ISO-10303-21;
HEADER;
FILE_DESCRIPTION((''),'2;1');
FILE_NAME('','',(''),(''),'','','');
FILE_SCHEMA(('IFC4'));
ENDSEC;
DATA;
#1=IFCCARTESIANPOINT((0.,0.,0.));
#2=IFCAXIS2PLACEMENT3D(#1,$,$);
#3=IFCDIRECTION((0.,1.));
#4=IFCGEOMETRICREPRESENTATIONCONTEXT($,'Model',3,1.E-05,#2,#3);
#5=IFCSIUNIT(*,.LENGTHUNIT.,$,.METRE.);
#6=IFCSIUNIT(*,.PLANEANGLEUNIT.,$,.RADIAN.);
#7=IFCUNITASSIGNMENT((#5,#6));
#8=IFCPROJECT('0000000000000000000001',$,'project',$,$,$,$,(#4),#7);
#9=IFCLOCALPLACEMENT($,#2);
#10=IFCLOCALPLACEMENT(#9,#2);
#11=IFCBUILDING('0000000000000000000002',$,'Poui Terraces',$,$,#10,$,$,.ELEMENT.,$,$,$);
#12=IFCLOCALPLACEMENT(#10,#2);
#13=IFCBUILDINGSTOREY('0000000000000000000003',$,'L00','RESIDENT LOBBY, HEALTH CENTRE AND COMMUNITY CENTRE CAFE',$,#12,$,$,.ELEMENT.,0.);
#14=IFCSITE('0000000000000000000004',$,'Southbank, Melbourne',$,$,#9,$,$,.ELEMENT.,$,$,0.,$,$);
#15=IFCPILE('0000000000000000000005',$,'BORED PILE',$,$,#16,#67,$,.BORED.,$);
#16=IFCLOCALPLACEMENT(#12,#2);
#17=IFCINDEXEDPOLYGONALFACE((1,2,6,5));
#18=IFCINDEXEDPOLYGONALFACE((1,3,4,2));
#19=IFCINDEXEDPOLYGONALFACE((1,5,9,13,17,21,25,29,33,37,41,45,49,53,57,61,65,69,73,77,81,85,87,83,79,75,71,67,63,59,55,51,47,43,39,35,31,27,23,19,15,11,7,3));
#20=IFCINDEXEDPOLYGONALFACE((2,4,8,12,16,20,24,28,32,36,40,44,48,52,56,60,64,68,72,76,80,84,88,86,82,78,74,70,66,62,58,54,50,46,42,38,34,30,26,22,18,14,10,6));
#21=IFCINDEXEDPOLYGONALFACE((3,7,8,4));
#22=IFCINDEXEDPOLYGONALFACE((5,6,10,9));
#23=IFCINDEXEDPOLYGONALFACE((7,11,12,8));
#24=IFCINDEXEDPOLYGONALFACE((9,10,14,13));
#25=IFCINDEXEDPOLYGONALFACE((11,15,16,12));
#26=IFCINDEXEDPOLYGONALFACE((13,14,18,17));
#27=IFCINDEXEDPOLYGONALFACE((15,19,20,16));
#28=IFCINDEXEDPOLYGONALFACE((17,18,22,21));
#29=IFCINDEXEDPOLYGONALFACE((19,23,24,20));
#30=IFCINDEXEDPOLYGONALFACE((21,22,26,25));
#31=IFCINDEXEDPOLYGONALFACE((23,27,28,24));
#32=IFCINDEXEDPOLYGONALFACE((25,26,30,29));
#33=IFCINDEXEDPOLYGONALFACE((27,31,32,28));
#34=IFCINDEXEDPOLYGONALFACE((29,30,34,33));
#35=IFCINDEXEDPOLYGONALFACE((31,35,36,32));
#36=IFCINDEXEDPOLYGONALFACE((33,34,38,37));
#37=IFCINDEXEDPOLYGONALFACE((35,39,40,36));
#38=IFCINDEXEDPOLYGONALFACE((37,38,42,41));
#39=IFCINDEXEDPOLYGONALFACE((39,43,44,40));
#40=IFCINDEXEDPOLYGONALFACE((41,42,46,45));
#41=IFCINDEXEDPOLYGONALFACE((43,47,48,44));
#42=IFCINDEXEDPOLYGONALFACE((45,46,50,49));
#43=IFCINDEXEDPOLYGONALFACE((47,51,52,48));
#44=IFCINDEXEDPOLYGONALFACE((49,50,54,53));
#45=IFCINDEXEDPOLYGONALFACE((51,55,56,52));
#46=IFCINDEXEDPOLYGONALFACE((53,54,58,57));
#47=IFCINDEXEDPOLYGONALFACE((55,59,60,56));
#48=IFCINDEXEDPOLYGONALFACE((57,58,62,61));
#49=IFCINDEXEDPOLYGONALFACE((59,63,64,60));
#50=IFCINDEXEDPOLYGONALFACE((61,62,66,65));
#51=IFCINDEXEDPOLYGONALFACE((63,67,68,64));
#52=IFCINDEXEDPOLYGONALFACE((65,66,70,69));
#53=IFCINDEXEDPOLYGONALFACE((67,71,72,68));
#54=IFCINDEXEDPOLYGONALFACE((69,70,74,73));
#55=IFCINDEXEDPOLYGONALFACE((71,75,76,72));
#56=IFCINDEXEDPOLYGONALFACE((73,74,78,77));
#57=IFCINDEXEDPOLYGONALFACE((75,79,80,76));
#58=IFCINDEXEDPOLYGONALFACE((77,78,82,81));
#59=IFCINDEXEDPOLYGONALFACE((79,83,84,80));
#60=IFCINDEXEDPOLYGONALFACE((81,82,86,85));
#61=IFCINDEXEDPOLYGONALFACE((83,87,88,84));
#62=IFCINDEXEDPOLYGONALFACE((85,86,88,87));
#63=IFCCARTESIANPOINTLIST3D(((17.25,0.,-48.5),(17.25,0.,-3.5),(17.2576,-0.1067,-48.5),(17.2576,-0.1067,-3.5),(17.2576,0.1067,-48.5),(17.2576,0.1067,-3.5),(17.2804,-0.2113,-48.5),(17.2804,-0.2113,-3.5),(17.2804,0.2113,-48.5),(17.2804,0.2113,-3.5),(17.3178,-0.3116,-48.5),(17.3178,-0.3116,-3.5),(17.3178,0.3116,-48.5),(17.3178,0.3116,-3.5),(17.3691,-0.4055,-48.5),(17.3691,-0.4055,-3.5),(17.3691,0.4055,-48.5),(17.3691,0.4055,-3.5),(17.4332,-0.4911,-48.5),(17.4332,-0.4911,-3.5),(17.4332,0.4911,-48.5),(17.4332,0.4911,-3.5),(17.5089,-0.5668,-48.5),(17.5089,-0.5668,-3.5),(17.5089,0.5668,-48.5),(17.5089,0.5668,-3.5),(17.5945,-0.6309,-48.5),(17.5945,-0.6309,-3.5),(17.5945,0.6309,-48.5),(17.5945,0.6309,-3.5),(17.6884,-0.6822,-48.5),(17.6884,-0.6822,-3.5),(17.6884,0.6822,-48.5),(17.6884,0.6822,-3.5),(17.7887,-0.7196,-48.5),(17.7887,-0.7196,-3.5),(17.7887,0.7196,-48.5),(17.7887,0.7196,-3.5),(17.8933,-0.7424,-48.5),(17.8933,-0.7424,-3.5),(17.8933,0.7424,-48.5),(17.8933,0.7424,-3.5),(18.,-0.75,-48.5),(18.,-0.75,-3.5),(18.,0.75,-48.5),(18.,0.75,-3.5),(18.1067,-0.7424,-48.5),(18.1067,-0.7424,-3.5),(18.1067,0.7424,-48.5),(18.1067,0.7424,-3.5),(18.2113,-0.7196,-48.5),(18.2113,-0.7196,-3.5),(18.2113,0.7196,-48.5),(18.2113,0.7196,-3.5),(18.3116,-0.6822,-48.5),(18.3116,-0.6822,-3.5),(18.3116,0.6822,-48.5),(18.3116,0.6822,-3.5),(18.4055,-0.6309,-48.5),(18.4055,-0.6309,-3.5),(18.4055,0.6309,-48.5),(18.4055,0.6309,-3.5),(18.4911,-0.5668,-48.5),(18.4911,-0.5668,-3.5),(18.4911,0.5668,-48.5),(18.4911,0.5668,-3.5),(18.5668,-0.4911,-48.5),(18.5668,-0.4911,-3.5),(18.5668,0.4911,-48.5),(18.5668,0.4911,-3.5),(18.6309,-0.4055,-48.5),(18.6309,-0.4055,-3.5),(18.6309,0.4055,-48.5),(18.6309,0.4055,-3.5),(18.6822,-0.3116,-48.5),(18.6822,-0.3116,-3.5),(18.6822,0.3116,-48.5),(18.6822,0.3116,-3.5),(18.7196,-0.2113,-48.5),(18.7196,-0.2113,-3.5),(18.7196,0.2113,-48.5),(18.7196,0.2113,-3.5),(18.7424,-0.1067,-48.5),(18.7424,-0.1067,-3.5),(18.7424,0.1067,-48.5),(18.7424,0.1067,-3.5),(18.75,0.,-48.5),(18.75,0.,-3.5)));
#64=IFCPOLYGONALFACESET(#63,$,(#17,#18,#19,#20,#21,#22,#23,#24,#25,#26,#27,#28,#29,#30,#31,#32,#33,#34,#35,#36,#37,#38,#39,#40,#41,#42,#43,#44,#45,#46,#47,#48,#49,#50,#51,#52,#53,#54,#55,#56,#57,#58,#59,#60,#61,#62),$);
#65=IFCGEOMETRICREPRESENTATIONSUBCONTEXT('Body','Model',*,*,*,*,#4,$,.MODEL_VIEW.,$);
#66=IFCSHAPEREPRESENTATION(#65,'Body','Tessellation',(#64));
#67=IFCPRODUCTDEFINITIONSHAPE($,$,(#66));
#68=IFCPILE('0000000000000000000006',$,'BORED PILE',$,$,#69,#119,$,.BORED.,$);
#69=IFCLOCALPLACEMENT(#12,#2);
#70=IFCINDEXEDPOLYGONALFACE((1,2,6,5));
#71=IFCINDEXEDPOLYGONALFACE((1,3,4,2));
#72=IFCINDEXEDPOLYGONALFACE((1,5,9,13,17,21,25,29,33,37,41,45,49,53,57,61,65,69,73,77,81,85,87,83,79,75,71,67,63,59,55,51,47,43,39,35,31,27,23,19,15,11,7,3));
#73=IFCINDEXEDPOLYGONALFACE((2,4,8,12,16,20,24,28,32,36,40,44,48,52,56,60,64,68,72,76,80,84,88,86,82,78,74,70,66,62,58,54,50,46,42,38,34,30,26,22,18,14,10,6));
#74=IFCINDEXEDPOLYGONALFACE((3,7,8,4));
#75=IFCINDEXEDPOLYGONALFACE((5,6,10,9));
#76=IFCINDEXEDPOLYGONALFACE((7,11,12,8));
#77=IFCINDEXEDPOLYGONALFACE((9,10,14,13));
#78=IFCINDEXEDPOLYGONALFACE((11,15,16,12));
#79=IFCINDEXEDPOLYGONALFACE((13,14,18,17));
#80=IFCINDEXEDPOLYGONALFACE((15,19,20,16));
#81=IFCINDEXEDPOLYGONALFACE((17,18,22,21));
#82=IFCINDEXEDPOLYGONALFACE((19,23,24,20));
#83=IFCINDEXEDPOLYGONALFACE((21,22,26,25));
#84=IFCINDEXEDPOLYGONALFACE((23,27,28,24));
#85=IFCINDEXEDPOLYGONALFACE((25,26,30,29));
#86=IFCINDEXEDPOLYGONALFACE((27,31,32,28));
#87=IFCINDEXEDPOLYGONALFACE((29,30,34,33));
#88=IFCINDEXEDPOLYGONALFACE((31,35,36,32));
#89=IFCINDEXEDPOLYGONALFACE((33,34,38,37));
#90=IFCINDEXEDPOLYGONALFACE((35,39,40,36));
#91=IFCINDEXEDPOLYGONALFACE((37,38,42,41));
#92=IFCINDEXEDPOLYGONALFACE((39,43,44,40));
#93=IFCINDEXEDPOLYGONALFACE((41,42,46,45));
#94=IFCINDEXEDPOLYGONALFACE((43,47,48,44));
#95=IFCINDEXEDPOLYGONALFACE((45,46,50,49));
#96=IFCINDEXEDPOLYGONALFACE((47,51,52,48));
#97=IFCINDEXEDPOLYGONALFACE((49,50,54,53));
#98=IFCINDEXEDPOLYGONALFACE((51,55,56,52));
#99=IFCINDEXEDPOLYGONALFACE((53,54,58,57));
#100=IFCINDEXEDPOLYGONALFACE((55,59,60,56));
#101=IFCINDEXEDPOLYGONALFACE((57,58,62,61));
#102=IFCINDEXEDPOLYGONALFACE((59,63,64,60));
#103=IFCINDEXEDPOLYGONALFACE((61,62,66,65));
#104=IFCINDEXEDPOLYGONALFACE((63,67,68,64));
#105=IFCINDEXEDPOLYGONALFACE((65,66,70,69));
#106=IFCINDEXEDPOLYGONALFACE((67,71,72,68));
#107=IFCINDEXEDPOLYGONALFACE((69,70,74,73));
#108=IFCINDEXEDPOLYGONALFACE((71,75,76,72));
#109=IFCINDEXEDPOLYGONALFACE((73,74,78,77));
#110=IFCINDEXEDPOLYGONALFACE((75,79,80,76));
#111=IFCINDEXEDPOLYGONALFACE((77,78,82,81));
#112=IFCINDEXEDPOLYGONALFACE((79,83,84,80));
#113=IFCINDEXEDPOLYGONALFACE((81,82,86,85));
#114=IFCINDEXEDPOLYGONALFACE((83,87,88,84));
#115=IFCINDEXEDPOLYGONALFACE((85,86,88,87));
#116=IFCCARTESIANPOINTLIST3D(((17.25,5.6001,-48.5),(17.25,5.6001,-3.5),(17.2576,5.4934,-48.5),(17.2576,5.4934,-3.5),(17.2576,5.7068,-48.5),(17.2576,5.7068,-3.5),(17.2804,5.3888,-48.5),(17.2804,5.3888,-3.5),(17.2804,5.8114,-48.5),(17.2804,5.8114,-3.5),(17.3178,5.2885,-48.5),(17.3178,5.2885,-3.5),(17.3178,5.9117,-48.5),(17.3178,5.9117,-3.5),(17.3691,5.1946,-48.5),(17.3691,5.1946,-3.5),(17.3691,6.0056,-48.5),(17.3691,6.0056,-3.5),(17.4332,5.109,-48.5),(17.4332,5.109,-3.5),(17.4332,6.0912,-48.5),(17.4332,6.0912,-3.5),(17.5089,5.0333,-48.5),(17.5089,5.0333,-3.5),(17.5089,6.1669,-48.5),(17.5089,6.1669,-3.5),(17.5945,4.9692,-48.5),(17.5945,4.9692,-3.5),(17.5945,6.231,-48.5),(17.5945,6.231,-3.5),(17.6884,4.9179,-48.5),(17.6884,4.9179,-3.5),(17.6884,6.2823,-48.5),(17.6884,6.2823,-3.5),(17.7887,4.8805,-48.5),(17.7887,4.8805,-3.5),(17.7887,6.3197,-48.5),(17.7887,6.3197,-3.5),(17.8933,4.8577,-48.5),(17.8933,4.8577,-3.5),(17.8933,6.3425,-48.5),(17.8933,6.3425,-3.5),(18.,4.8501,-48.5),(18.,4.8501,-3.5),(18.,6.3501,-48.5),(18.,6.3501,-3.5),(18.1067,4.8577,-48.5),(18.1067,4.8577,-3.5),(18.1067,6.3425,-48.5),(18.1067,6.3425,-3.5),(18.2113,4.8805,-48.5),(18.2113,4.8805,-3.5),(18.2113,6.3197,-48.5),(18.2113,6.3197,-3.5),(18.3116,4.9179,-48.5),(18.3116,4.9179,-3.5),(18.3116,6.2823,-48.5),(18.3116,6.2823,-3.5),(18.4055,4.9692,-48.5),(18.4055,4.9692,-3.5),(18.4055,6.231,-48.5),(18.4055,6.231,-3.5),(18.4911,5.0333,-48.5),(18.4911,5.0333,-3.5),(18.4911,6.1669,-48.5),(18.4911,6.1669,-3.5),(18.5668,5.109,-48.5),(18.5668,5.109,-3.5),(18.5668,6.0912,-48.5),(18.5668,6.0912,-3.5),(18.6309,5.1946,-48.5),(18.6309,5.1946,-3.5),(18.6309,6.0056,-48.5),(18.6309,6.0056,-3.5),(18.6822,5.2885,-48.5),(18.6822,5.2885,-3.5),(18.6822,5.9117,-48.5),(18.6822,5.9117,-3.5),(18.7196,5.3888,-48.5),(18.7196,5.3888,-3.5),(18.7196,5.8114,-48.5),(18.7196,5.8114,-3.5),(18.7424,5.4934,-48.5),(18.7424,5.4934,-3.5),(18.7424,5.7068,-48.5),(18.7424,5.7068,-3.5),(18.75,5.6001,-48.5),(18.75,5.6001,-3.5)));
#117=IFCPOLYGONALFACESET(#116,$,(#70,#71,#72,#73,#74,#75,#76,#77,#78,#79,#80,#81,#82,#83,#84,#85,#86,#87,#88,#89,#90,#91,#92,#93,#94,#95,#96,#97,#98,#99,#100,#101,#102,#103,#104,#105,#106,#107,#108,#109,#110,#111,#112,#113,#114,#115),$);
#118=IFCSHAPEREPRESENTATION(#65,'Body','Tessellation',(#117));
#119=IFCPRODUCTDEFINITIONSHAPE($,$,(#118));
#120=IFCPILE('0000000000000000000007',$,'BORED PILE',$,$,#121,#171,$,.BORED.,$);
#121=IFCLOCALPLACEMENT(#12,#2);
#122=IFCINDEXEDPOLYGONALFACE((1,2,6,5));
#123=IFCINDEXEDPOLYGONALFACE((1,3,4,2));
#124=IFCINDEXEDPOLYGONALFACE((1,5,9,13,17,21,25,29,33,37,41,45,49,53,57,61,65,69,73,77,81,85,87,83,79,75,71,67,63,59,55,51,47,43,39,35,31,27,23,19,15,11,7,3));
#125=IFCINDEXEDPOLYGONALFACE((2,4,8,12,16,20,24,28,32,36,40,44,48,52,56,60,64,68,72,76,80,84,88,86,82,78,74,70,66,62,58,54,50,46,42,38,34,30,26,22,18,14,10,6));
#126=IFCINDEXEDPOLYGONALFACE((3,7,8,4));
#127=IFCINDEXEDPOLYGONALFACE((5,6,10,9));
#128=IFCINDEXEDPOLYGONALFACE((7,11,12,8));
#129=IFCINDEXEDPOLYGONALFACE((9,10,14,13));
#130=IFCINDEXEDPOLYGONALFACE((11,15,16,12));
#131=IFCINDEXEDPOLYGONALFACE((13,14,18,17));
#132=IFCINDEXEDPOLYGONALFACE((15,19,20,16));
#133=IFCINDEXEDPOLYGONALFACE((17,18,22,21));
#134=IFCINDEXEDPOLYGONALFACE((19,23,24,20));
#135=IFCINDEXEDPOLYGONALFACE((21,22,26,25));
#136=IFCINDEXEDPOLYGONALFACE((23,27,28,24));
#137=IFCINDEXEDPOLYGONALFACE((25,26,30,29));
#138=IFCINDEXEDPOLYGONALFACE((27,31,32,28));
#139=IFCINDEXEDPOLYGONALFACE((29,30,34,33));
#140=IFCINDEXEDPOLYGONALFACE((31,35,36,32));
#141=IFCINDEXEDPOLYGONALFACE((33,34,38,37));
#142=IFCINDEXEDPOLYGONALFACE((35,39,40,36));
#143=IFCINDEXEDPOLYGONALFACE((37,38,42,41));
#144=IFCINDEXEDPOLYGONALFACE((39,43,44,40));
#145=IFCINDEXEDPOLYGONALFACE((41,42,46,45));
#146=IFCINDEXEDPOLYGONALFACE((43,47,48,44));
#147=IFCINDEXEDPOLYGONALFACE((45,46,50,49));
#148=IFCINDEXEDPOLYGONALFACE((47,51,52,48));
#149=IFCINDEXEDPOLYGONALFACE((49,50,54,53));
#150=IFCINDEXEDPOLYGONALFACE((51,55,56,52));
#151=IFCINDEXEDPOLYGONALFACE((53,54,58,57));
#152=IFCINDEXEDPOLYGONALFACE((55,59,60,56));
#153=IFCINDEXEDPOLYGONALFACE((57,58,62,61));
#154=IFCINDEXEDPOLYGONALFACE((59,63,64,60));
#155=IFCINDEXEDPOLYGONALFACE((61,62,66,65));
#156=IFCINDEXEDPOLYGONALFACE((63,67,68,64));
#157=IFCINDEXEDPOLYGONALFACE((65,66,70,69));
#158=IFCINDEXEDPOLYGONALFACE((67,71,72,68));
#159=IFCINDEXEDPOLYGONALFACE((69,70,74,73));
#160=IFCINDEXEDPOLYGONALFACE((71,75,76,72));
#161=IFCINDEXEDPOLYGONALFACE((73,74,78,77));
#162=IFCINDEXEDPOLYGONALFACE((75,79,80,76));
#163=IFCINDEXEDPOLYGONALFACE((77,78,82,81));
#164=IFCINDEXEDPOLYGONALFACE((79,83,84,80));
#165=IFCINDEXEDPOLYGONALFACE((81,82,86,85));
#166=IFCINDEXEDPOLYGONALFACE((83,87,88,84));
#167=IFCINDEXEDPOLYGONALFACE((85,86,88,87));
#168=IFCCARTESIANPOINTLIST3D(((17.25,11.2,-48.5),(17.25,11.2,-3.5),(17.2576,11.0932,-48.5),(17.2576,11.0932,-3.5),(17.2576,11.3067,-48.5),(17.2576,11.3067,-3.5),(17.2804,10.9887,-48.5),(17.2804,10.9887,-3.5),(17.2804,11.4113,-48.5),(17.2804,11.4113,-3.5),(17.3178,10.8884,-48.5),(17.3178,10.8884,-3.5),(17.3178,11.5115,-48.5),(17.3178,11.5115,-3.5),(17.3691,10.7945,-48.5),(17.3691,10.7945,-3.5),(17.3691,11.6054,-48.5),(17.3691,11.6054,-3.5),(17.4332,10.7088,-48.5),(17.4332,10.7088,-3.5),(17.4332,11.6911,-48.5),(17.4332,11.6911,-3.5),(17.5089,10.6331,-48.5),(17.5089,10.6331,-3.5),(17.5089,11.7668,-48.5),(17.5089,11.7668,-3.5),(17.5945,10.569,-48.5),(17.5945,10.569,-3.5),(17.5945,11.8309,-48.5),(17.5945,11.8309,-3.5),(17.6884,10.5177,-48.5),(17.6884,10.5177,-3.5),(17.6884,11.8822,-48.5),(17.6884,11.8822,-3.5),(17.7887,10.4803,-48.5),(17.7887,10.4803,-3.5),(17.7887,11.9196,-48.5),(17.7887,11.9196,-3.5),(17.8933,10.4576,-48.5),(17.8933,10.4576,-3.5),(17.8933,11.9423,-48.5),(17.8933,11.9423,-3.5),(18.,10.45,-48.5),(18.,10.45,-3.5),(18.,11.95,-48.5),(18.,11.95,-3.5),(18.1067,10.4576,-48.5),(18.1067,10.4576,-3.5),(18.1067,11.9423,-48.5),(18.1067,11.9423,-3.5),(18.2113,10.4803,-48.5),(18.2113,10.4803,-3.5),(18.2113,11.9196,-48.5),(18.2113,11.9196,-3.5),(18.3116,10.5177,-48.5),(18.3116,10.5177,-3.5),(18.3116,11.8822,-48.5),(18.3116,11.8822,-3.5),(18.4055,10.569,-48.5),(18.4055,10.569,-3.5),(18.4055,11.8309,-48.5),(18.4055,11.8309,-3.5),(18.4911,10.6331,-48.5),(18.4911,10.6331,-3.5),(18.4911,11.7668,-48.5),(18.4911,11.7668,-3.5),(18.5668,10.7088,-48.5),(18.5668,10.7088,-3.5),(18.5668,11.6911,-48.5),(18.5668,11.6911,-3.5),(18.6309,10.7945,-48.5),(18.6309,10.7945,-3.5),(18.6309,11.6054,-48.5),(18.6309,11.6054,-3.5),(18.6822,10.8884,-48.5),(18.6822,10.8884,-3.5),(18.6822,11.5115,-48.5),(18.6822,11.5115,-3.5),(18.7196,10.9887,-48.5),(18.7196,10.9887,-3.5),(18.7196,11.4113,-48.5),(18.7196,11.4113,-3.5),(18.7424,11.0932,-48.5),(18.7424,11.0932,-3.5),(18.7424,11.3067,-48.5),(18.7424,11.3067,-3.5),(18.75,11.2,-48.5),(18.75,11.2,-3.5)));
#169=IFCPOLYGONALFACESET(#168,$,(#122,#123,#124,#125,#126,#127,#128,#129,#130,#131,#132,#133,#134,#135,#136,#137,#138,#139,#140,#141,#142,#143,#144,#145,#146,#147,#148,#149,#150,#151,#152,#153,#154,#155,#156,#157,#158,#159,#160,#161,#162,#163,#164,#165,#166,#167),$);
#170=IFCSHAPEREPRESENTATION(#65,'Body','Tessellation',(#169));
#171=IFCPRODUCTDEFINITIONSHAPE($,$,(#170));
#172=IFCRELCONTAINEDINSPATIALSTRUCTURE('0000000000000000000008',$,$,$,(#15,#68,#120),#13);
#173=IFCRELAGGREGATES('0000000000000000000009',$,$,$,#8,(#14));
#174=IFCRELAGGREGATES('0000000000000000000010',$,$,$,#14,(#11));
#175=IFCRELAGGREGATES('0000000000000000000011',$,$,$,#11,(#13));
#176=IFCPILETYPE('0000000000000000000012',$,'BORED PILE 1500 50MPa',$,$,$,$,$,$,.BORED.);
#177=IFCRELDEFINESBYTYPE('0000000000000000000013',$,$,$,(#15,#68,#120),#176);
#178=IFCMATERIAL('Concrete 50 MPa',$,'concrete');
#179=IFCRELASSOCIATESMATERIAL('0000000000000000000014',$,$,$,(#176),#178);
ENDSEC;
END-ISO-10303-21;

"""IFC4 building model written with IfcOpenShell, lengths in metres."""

from ifc_helpers import new_model, si_unit, direction, frame, origin, origin_2d, place, context, subcontext, project, spatial, circle, extrude, material, material_profile, profile_set, type_object, element, save


model = new_model("IFC4")

# Units and contexts
model_context = context("Model", 3, precision=1e-05, world=origin(), true_north=direction((0.0, 1.0)))
body_context = subcontext(model_context, "Body", "Model", "MODEL_VIEW")
ifc_project = project(units=[si_unit("LENGTHUNIT", "METRE"), si_unit("PLANEANGLEUNIT", "RADIAN")], contexts=[model_context])

# Site, building, storey
site_placement = place(None, origin())
site = spatial("IfcSite", under=ifc_project, at=site_placement, Name="Southbank, Melbourne", CompositionType="ELEMENT", RefElevation=0.0)
building_placement = place(site_placement, origin())
building = spatial("IfcBuilding", under=site, at=building_placement, Name="Poui Terraces", CompositionType="ELEMENT")
storey_placement = place(building_placement, origin())
storey = spatial("IfcBuildingStorey", under=building, at=storey_placement, Name="L00", Description="RESIDENT LOBBY, HEALTH CENTRE AND COMMUNITY CENTRE CAFE", CompositionType="ELEMENT", Elevation=0.0)

# Piles
ifc_material_1 = material(Name="Concrete 50 MPa", Category="concrete")
ifc_material_profile_1 = material_profile(ifc_material_1, circle(Radius=0.75, at=origin_2d()), Name="RC D1500")
ifc_profile_set_1 = profile_set([ifc_material_profile_1], Name="Concrete 50 MPa")
pile_type = type_object("IfcPileType", Name="BORED PILE 1500 50MPa", PredefinedType="BORED", material=ifc_profile_set_1)
for number, where, z_axis, x_axis, name in (
    (1, (18.0, 0.0, -3.5), (0.0, 0.0, -1.0), (1.0, 0.0, 0.0), "BORED PILE"),
    (2, (18.0, 5.6001, -3.5), (0.0, 0.0, -1.0), (1.0, 0.0, 0.0), "BORED PILE"),
    (3, (18.0, 11.2, -3.5), (0.0, 0.0, -1.0), (1.0, 0.0, 0.0), "BORED PILE"),
):
    element("IfcPile", number, at=place(storey_placement, frame(where, z_axis=z_axis, x_axis=x_axis)), inside=storey, type_object=pile_type, Name=name, PredefinedType="BORED", context=body_context, shape_type="SweptSolid", body=[
        extrude(circle(Radius=0.75, at=origin_2d()), origin(), (0.0, 0.0, 1.0), 45.0),
    ])

save(model, "model.ifc")
